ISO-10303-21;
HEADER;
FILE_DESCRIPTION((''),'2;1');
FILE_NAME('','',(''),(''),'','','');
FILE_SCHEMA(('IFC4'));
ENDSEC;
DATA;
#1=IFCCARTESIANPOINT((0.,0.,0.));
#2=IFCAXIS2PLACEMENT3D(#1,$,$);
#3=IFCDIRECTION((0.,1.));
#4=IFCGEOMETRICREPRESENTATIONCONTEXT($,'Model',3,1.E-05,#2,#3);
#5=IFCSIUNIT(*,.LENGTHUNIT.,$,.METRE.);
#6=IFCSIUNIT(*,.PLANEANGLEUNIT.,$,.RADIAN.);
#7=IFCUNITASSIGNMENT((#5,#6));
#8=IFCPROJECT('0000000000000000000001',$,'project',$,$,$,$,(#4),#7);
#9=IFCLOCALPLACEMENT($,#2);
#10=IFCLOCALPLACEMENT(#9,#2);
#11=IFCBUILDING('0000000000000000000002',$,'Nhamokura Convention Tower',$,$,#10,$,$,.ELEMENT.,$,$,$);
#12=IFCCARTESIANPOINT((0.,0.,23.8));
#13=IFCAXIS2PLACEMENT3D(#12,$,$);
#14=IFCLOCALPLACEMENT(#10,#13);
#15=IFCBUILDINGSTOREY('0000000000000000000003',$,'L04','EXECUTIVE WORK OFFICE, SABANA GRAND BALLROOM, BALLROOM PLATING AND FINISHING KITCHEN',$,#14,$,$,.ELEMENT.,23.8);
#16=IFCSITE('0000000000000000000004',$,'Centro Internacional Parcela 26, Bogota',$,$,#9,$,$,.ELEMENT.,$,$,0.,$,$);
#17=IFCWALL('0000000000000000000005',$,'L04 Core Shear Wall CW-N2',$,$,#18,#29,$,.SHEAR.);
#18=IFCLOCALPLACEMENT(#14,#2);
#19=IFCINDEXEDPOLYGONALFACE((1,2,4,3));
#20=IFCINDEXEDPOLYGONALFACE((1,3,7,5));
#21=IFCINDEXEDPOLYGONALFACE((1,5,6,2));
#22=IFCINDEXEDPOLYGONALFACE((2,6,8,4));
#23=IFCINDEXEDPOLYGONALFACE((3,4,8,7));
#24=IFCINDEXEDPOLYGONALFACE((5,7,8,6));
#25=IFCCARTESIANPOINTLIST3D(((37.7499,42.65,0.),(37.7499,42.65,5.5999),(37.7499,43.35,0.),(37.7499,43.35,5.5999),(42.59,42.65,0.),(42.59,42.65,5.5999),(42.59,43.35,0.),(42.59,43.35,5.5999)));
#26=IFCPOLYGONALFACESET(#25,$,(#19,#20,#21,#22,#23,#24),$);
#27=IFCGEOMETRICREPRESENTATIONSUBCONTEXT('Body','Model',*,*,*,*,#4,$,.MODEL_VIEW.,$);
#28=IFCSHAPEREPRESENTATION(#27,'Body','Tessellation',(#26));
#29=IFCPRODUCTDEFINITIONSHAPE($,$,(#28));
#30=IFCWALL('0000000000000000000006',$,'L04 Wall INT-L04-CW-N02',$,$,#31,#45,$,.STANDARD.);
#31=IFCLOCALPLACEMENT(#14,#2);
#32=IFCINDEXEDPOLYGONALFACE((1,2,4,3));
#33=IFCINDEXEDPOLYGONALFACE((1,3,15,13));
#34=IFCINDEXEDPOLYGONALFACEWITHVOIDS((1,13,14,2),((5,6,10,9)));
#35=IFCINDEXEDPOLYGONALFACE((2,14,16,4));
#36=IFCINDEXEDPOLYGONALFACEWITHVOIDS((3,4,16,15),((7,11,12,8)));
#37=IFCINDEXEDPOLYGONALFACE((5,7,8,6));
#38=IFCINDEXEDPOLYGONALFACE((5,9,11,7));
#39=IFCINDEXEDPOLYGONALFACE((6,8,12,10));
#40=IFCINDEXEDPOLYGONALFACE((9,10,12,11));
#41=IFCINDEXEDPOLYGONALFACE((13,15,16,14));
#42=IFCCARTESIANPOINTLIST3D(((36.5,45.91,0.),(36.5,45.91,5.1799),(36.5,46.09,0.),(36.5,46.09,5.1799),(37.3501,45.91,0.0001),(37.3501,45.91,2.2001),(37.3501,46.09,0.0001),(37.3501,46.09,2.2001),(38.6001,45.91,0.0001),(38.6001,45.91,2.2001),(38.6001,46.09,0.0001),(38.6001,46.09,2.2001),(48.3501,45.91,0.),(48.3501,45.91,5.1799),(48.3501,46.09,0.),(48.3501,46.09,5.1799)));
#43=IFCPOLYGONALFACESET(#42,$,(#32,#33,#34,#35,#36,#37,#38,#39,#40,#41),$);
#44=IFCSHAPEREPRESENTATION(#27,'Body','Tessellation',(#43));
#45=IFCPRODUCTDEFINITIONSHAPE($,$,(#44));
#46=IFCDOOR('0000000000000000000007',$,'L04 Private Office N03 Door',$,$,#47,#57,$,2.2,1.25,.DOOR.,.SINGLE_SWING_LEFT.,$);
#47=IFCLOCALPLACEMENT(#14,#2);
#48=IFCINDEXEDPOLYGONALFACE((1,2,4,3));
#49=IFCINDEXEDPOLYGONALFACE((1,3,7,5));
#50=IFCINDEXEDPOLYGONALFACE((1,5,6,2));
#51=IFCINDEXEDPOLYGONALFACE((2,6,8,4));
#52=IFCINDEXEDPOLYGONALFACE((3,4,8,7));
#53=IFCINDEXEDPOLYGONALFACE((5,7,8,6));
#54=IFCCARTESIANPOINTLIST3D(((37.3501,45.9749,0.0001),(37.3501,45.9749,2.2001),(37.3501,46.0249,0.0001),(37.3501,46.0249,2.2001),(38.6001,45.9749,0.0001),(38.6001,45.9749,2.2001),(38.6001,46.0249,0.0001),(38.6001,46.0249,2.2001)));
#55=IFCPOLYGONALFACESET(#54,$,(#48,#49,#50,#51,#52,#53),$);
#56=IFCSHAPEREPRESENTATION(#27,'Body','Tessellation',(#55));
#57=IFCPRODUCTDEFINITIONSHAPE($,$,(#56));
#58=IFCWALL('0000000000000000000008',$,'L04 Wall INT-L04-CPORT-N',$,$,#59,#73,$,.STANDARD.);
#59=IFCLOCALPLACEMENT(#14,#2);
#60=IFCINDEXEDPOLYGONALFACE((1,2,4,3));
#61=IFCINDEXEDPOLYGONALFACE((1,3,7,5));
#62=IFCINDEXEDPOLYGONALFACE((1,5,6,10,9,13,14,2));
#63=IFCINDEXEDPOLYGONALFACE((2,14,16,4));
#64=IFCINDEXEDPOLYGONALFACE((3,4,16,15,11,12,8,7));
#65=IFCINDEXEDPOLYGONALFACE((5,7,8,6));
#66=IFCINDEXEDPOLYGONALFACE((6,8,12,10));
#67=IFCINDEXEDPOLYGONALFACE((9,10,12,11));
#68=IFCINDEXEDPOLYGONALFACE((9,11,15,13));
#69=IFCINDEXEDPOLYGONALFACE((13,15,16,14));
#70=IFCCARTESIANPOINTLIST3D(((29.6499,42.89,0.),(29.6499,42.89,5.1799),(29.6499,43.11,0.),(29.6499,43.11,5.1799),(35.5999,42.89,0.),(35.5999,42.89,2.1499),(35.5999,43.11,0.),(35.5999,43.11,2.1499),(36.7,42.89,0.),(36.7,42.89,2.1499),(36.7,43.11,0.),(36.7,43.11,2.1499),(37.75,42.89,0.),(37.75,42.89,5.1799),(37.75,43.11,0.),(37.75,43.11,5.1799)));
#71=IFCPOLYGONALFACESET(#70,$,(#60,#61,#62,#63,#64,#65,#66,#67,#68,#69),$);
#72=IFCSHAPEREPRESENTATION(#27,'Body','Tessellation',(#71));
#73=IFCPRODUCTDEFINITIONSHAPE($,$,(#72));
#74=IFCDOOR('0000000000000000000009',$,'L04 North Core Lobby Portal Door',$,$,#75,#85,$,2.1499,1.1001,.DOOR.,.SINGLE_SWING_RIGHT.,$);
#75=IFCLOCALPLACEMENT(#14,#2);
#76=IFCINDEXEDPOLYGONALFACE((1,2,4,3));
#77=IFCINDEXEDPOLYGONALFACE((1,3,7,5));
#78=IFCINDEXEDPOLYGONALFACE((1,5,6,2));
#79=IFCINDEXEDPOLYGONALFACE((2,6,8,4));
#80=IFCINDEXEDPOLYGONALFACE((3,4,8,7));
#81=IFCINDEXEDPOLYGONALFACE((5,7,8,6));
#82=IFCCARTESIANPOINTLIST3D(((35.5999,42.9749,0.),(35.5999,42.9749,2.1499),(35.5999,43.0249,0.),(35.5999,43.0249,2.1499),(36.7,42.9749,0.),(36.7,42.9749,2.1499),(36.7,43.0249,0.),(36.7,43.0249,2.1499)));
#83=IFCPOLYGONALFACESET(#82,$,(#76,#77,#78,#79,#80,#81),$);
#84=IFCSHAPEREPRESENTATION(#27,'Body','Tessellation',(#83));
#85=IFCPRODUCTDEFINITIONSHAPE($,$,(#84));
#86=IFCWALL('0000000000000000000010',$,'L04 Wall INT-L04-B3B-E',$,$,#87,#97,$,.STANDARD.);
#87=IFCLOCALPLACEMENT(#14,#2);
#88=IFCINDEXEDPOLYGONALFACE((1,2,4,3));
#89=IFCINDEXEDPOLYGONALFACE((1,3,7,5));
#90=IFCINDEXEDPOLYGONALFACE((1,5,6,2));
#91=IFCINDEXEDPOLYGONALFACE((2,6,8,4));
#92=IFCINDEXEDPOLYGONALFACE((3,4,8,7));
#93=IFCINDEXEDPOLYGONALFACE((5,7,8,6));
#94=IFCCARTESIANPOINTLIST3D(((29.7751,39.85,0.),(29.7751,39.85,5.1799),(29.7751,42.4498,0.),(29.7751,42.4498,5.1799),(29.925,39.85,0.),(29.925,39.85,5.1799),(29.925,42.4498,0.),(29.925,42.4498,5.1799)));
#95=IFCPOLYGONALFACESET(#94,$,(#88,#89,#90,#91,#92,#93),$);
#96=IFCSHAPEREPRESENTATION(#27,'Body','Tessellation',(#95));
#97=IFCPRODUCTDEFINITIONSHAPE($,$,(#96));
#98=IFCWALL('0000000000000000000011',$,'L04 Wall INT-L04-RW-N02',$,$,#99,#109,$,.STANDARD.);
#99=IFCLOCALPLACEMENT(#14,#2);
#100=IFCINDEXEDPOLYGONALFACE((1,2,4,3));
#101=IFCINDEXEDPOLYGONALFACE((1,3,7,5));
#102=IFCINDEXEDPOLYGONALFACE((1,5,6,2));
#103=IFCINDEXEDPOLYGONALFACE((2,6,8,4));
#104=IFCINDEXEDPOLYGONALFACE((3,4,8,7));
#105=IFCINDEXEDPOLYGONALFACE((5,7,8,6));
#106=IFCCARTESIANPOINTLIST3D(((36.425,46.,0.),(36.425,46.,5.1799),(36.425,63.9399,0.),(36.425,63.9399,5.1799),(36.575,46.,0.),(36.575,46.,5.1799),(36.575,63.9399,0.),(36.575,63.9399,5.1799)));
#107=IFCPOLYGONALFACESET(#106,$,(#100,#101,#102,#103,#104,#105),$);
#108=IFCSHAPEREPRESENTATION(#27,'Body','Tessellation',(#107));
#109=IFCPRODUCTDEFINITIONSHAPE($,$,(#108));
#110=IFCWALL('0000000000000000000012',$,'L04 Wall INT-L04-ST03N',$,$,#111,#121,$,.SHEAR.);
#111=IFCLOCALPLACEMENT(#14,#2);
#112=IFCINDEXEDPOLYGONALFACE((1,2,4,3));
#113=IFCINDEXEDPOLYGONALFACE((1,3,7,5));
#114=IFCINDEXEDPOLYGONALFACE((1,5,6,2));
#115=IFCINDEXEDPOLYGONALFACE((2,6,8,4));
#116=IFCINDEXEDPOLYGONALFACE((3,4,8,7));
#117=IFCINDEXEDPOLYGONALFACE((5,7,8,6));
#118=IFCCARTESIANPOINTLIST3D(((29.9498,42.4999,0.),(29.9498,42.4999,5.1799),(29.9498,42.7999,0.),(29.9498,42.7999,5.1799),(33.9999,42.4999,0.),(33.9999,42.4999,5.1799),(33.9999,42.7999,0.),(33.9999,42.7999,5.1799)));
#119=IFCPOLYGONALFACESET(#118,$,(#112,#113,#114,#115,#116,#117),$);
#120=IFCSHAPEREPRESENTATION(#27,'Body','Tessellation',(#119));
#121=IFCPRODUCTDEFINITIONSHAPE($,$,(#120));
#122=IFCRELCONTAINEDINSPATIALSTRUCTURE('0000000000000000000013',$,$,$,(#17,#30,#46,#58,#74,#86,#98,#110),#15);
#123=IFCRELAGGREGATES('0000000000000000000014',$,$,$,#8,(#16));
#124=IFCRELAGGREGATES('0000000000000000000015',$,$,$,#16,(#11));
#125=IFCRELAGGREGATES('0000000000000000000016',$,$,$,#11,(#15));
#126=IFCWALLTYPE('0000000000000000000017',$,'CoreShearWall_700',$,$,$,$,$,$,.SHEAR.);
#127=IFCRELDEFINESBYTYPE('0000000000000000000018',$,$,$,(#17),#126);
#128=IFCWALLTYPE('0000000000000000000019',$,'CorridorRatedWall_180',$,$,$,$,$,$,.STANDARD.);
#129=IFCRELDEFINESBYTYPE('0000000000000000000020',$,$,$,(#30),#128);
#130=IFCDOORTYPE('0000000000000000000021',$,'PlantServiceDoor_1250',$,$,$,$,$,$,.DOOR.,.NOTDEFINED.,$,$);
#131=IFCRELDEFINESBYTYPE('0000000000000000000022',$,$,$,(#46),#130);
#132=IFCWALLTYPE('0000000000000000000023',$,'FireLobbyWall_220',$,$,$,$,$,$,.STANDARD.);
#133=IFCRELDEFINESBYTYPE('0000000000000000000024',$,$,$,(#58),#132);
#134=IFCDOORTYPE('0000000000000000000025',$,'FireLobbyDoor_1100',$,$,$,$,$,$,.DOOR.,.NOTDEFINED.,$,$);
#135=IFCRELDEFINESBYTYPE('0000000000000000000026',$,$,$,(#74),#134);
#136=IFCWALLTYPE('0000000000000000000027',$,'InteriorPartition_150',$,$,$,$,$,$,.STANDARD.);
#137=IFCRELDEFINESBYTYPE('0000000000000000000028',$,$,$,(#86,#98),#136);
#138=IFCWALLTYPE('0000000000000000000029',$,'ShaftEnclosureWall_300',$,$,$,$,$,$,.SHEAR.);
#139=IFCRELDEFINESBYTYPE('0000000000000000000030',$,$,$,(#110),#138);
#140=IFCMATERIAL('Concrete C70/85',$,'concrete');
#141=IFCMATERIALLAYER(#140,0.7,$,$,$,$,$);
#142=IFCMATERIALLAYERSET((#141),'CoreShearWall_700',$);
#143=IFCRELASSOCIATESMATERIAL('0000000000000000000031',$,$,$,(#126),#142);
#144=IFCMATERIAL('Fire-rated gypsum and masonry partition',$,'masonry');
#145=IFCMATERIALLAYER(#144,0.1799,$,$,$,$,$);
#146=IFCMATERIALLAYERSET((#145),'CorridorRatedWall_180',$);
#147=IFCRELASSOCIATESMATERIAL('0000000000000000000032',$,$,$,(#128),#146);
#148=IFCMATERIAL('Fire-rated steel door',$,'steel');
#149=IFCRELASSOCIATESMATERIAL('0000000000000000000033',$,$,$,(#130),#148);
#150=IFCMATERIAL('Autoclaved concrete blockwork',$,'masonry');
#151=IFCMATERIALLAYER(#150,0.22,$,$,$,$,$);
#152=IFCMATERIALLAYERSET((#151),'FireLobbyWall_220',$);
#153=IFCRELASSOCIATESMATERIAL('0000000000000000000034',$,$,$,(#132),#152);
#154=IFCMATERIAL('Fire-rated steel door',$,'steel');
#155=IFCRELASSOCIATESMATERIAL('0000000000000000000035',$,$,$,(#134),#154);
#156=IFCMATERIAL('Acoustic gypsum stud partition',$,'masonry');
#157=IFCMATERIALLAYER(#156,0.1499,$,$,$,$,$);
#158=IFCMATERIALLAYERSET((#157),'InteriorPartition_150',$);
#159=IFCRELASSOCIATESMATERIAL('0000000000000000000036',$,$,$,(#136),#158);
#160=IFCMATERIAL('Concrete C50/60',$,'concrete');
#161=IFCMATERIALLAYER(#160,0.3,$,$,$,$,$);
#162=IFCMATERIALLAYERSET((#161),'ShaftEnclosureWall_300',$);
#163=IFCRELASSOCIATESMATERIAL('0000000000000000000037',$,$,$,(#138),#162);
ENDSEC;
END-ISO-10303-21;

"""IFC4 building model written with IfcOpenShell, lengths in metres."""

from ifc_helpers import new_model, si_unit, direction, frame, frame_2d, origin, place, context, subcontext, project, spatial, rectangle, extrude, material, layer, layer_set, type_object, element, fill, save


model = new_model("IFC4")

# Units and contexts
model_context = context("Model", 3, precision=1e-05, world=origin(), true_north=direction((0.0, 1.0)))
body_context = subcontext(model_context, "Body", "Model", "MODEL_VIEW")
ifc_project = project(units=[si_unit("LENGTHUNIT", "METRE"), si_unit("PLANEANGLEUNIT", "RADIAN")], contexts=[model_context])

# Site, building, storey
site_placement = place(None, origin())
site = spatial("IfcSite", under=ifc_project, at=site_placement, Name="Centro Internacional Parcela 26, Bogota", CompositionType="ELEMENT", RefElevation=0.0)
building_placement = place(site_placement, origin())
building = spatial("IfcBuilding", under=site, at=building_placement, Name="Nhamokura Convention Tower", CompositionType="ELEMENT")
storey_placement = place(building_placement, frame((0.0, 0.0, 23.8)))
storey = spatial("IfcBuildingStorey", under=building, at=storey_placement, Name="L04", Description="EXECUTIVE WORK OFFICE, SABANA GRAND BALLROOM, BALLROOM PLATING AND FINISHING KITCHEN", CompositionType="ELEMENT", Elevation=23.8)

# Wall
ifc_material_1 = material(Name="Concrete C70/85", Category="concrete")
ifc_layer_1 = layer(ifc_material_1, 0.7)
ifc_layer_set_1 = layer_set([ifc_layer_1], Name="CoreShearWall_700")
wall_type_1 = type_object("IfcWallType", Name="CoreShearWall_700", PredefinedType="SHEAR", material=ifc_layer_set_1)
wall_1_placement = place(storey_placement, frame((37.75, 43.0, 0.0), z_axis=(0.0, 0.0, 1.0), x_axis=(1.0, 0.0, 0.0)))
element("IfcWall", 1, at=wall_1_placement, inside=storey, type_object=wall_type_1, Name="L04 Core Shear Wall CW-N2", PredefinedType="SHEAR", context=body_context, shape_type="SweptSolid", body=[
    extrude(rectangle(XDim=4.8401, YDim=0.7, at=frame_2d((2.4199, 0.0))), origin(), (0.0, 0.0, 1.0), 5.5999),
])

# Walls, openings, doors
ifc_material_2 = material(Name="Fire-rated gypsum and masonry partition", Category="masonry")
ifc_layer_2 = layer(ifc_material_2, 0.1799)
ifc_layer_set_2 = layer_set([ifc_layer_2], Name="CorridorRatedWall_180")
wall_type_2 = type_object("IfcWallType", Name="CorridorRatedWall_180", PredefinedType="STANDARD", material=ifc_layer_set_2)
wall_2_placement = place(storey_placement, frame((36.5, 46.0, 0.0), z_axis=(0.0, 0.0, 1.0), x_axis=(1.0, 0.0, 0.0)))
wall_2 = element("IfcWall", 2, at=wall_2_placement, inside=storey, type_object=wall_type_2, Name="L04 Wall INT-L04-CW-N02", PredefinedType="STANDARD", context=body_context, shape_type="SweptSolid", body=[
    extrude(rectangle(XDim=11.8501, YDim=0.1799, at=frame_2d((5.925, 0.0))), origin(), (0.0, 0.0, 1.0), 5.1799),
])
opening_1_placement = place(wall_2_placement, frame((0.8501, 0.0, 0.0)))
opening_1 = element("IfcOpeningElement", 3, at=opening_1_placement, cuts=wall_2, PredefinedType="OPENING", context=body_context, shape_type="SweptSolid", body=[
    extrude(rectangle(XDim=1.25, YDim=2.2, at=frame_2d((0.625, 1.1001))), frame((0.0, 0.0999, 0.0), z_axis=(0.0, -1.0, 0.0), x_axis=(1.0, 0.0, 0.0)), (0.0, 0.0, 1.0), 0.2),
])
ifc_material_3 = material(Name="Fire-rated steel door", Category="steel")
door_type_1 = type_object("IfcDoorType", Name="PlantServiceDoor_1250", OperationType="NOTDEFINED", PredefinedType="DOOR", material=ifc_material_3)
door_1_placement = place(opening_1_placement, origin())
door_1 = element("IfcDoor", 4, at=door_1_placement, inside=storey, type_object=door_type_1, Name="L04 Private Office N03 Door", OperationType="SINGLE_SWING_LEFT", OverallHeight=2.2, OverallWidth=1.25, PredefinedType="DOOR", context=body_context, shape_type="SweptSolid", body=[
    extrude(rectangle(XDim=1.25, YDim=2.2, at=frame_2d((0.625, 1.1001))), frame((0.0, 0.0249, 0.0), z_axis=(0.0, -1.0, 0.0), x_axis=(1.0, 0.0, 0.0)), (0.0, 0.0, 1.0), 0.05),
])
fill(opening_1, door_1)
ifc_material_4 = material(Name="Autoclaved concrete blockwork", Category="masonry")
ifc_layer_3 = layer(ifc_material_4, 0.22)
ifc_layer_set_3 = layer_set([ifc_layer_3], Name="FireLobbyWall_220")
wall_type_3 = type_object("IfcWallType", Name="FireLobbyWall_220", PredefinedType="STANDARD", material=ifc_layer_set_3)
wall_3_placement = place(storey_placement, frame((29.6499, 43.0, 0.0), z_axis=(0.0, 0.0, 1.0), x_axis=(1.0, 0.0, 0.0)))
wall_3 = element("IfcWall", 5, at=wall_3_placement, inside=storey, type_object=wall_type_3, Name="L04 Wall INT-L04-CPORT-N", PredefinedType="STANDARD", context=body_context, shape_type="SweptSolid", body=[
    extrude(rectangle(XDim=8.1001, YDim=0.22, at=frame_2d((4.05, 0.0))), origin(), (0.0, 0.0, 1.0), 5.1799),
])
opening_2_placement = place(wall_3_placement, frame((5.95, 0.0, 0.0)))
opening_2 = element("IfcOpeningElement", 6, at=opening_2_placement, cuts=wall_3, PredefinedType="OPENING", context=body_context, shape_type="SweptSolid", body=[
    extrude(rectangle(XDim=1.1001, YDim=2.1499, at=frame_2d((0.55, 1.075))), frame((0.0, 0.1199, 0.0), z_axis=(0.0, -1.0, 0.0), x_axis=(1.0, 0.0, 0.0)), (0.0, 0.0, 1.0), 0.24),
])
ifc_material_5 = material(Name="Fire-rated steel door", Category="steel")
door_type_2 = type_object("IfcDoorType", Name="FireLobbyDoor_1100", OperationType="NOTDEFINED", PredefinedType="DOOR", material=ifc_material_5)
door_2_placement = place(opening_2_placement, origin())
door_2 = element("IfcDoor", 7, at=door_2_placement, inside=storey, type_object=door_type_2, Name="L04 North Core Lobby Portal Door", OperationType="SINGLE_SWING_RIGHT", OverallHeight=2.1499, OverallWidth=1.1001, PredefinedType="DOOR", context=body_context, shape_type="SweptSolid", body=[
    extrude(rectangle(XDim=1.1001, YDim=2.1499, at=frame_2d((0.55, 1.075))), frame((0.0, 0.0249, 0.0), z_axis=(0.0, -1.0, 0.0), x_axis=(1.0, 0.0, 0.0)), (0.0, 0.0, 1.0), 0.05),
])
fill(opening_2, door_2)

# Walls
ifc_material_6 = material(Name="Acoustic gypsum stud partition", Category="masonry")
ifc_layer_4 = layer(ifc_material_6, 0.1499)
ifc_layer_set_4 = layer_set([ifc_layer_4], Name="InteriorPartition_150")
wall_type_4 = type_object("IfcWallType", Name="InteriorPartition_150", PredefinedType="STANDARD", material=ifc_layer_set_4)
wall_4_placement = place(storey_placement, frame((29.8501, 39.8501, 0.0), z_axis=(0.0, 0.0, 1.0), x_axis=(0.0, 1.0, 0.0)))
element("IfcWall", 8, at=wall_4_placement, inside=storey, type_object=wall_type_4, Name="L04 Wall INT-L04-B3B-E", PredefinedType="STANDARD", context=body_context, shape_type="SweptSolid", body=[
    extrude(rectangle(XDim=2.5999, YDim=0.1499, at=frame_2d((1.2998, 0.0))), origin(), (0.0, 0.0, 1.0), 5.1799),
])
wall_5_placement = place(storey_placement, frame((36.5, 46.0, 0.0), z_axis=(0.0, 0.0, 1.0), x_axis=(0.0, 1.0, 0.0)))
element("IfcWall", 9, at=wall_5_placement, inside=storey, type_object=wall_type_4, Name="L04 Wall INT-L04-RW-N02", PredefinedType="STANDARD", context=body_context, shape_type="SweptSolid", body=[
    extrude(rectangle(XDim=17.9399, YDim=0.1499, at=frame_2d((8.97, 0.0))), origin(), (0.0, 0.0, 1.0), 5.1799),
])
ifc_material_7 = material(Name="Concrete C50/60", Category="concrete")
ifc_layer_5 = layer(ifc_material_7, 0.3)
ifc_layer_set_5 = layer_set([ifc_layer_5], Name="ShaftEnclosureWall_300")
wall_type_5 = type_object("IfcWallType", Name="ShaftEnclosureWall_300", PredefinedType="SHEAR", material=ifc_layer_set_5)
wall_6_placement = place(storey_placement, frame((29.95, 42.6499, 0.0), z_axis=(0.0, 0.0, 1.0), x_axis=(1.0, 0.0, 0.0)))
element("IfcWall", 10, at=wall_6_placement, inside=storey, type_object=wall_type_5, Name="L04 Wall INT-L04-ST03N", PredefinedType="SHEAR", context=body_context, shape_type="SweptSolid", body=[
    extrude(rectangle(XDim=4.05, YDim=0.3, at=frame_2d((2.0249, 0.0))), origin(), (0.0, 0.0, 1.0), 5.1799),
])

save(model, "model.ifc")
